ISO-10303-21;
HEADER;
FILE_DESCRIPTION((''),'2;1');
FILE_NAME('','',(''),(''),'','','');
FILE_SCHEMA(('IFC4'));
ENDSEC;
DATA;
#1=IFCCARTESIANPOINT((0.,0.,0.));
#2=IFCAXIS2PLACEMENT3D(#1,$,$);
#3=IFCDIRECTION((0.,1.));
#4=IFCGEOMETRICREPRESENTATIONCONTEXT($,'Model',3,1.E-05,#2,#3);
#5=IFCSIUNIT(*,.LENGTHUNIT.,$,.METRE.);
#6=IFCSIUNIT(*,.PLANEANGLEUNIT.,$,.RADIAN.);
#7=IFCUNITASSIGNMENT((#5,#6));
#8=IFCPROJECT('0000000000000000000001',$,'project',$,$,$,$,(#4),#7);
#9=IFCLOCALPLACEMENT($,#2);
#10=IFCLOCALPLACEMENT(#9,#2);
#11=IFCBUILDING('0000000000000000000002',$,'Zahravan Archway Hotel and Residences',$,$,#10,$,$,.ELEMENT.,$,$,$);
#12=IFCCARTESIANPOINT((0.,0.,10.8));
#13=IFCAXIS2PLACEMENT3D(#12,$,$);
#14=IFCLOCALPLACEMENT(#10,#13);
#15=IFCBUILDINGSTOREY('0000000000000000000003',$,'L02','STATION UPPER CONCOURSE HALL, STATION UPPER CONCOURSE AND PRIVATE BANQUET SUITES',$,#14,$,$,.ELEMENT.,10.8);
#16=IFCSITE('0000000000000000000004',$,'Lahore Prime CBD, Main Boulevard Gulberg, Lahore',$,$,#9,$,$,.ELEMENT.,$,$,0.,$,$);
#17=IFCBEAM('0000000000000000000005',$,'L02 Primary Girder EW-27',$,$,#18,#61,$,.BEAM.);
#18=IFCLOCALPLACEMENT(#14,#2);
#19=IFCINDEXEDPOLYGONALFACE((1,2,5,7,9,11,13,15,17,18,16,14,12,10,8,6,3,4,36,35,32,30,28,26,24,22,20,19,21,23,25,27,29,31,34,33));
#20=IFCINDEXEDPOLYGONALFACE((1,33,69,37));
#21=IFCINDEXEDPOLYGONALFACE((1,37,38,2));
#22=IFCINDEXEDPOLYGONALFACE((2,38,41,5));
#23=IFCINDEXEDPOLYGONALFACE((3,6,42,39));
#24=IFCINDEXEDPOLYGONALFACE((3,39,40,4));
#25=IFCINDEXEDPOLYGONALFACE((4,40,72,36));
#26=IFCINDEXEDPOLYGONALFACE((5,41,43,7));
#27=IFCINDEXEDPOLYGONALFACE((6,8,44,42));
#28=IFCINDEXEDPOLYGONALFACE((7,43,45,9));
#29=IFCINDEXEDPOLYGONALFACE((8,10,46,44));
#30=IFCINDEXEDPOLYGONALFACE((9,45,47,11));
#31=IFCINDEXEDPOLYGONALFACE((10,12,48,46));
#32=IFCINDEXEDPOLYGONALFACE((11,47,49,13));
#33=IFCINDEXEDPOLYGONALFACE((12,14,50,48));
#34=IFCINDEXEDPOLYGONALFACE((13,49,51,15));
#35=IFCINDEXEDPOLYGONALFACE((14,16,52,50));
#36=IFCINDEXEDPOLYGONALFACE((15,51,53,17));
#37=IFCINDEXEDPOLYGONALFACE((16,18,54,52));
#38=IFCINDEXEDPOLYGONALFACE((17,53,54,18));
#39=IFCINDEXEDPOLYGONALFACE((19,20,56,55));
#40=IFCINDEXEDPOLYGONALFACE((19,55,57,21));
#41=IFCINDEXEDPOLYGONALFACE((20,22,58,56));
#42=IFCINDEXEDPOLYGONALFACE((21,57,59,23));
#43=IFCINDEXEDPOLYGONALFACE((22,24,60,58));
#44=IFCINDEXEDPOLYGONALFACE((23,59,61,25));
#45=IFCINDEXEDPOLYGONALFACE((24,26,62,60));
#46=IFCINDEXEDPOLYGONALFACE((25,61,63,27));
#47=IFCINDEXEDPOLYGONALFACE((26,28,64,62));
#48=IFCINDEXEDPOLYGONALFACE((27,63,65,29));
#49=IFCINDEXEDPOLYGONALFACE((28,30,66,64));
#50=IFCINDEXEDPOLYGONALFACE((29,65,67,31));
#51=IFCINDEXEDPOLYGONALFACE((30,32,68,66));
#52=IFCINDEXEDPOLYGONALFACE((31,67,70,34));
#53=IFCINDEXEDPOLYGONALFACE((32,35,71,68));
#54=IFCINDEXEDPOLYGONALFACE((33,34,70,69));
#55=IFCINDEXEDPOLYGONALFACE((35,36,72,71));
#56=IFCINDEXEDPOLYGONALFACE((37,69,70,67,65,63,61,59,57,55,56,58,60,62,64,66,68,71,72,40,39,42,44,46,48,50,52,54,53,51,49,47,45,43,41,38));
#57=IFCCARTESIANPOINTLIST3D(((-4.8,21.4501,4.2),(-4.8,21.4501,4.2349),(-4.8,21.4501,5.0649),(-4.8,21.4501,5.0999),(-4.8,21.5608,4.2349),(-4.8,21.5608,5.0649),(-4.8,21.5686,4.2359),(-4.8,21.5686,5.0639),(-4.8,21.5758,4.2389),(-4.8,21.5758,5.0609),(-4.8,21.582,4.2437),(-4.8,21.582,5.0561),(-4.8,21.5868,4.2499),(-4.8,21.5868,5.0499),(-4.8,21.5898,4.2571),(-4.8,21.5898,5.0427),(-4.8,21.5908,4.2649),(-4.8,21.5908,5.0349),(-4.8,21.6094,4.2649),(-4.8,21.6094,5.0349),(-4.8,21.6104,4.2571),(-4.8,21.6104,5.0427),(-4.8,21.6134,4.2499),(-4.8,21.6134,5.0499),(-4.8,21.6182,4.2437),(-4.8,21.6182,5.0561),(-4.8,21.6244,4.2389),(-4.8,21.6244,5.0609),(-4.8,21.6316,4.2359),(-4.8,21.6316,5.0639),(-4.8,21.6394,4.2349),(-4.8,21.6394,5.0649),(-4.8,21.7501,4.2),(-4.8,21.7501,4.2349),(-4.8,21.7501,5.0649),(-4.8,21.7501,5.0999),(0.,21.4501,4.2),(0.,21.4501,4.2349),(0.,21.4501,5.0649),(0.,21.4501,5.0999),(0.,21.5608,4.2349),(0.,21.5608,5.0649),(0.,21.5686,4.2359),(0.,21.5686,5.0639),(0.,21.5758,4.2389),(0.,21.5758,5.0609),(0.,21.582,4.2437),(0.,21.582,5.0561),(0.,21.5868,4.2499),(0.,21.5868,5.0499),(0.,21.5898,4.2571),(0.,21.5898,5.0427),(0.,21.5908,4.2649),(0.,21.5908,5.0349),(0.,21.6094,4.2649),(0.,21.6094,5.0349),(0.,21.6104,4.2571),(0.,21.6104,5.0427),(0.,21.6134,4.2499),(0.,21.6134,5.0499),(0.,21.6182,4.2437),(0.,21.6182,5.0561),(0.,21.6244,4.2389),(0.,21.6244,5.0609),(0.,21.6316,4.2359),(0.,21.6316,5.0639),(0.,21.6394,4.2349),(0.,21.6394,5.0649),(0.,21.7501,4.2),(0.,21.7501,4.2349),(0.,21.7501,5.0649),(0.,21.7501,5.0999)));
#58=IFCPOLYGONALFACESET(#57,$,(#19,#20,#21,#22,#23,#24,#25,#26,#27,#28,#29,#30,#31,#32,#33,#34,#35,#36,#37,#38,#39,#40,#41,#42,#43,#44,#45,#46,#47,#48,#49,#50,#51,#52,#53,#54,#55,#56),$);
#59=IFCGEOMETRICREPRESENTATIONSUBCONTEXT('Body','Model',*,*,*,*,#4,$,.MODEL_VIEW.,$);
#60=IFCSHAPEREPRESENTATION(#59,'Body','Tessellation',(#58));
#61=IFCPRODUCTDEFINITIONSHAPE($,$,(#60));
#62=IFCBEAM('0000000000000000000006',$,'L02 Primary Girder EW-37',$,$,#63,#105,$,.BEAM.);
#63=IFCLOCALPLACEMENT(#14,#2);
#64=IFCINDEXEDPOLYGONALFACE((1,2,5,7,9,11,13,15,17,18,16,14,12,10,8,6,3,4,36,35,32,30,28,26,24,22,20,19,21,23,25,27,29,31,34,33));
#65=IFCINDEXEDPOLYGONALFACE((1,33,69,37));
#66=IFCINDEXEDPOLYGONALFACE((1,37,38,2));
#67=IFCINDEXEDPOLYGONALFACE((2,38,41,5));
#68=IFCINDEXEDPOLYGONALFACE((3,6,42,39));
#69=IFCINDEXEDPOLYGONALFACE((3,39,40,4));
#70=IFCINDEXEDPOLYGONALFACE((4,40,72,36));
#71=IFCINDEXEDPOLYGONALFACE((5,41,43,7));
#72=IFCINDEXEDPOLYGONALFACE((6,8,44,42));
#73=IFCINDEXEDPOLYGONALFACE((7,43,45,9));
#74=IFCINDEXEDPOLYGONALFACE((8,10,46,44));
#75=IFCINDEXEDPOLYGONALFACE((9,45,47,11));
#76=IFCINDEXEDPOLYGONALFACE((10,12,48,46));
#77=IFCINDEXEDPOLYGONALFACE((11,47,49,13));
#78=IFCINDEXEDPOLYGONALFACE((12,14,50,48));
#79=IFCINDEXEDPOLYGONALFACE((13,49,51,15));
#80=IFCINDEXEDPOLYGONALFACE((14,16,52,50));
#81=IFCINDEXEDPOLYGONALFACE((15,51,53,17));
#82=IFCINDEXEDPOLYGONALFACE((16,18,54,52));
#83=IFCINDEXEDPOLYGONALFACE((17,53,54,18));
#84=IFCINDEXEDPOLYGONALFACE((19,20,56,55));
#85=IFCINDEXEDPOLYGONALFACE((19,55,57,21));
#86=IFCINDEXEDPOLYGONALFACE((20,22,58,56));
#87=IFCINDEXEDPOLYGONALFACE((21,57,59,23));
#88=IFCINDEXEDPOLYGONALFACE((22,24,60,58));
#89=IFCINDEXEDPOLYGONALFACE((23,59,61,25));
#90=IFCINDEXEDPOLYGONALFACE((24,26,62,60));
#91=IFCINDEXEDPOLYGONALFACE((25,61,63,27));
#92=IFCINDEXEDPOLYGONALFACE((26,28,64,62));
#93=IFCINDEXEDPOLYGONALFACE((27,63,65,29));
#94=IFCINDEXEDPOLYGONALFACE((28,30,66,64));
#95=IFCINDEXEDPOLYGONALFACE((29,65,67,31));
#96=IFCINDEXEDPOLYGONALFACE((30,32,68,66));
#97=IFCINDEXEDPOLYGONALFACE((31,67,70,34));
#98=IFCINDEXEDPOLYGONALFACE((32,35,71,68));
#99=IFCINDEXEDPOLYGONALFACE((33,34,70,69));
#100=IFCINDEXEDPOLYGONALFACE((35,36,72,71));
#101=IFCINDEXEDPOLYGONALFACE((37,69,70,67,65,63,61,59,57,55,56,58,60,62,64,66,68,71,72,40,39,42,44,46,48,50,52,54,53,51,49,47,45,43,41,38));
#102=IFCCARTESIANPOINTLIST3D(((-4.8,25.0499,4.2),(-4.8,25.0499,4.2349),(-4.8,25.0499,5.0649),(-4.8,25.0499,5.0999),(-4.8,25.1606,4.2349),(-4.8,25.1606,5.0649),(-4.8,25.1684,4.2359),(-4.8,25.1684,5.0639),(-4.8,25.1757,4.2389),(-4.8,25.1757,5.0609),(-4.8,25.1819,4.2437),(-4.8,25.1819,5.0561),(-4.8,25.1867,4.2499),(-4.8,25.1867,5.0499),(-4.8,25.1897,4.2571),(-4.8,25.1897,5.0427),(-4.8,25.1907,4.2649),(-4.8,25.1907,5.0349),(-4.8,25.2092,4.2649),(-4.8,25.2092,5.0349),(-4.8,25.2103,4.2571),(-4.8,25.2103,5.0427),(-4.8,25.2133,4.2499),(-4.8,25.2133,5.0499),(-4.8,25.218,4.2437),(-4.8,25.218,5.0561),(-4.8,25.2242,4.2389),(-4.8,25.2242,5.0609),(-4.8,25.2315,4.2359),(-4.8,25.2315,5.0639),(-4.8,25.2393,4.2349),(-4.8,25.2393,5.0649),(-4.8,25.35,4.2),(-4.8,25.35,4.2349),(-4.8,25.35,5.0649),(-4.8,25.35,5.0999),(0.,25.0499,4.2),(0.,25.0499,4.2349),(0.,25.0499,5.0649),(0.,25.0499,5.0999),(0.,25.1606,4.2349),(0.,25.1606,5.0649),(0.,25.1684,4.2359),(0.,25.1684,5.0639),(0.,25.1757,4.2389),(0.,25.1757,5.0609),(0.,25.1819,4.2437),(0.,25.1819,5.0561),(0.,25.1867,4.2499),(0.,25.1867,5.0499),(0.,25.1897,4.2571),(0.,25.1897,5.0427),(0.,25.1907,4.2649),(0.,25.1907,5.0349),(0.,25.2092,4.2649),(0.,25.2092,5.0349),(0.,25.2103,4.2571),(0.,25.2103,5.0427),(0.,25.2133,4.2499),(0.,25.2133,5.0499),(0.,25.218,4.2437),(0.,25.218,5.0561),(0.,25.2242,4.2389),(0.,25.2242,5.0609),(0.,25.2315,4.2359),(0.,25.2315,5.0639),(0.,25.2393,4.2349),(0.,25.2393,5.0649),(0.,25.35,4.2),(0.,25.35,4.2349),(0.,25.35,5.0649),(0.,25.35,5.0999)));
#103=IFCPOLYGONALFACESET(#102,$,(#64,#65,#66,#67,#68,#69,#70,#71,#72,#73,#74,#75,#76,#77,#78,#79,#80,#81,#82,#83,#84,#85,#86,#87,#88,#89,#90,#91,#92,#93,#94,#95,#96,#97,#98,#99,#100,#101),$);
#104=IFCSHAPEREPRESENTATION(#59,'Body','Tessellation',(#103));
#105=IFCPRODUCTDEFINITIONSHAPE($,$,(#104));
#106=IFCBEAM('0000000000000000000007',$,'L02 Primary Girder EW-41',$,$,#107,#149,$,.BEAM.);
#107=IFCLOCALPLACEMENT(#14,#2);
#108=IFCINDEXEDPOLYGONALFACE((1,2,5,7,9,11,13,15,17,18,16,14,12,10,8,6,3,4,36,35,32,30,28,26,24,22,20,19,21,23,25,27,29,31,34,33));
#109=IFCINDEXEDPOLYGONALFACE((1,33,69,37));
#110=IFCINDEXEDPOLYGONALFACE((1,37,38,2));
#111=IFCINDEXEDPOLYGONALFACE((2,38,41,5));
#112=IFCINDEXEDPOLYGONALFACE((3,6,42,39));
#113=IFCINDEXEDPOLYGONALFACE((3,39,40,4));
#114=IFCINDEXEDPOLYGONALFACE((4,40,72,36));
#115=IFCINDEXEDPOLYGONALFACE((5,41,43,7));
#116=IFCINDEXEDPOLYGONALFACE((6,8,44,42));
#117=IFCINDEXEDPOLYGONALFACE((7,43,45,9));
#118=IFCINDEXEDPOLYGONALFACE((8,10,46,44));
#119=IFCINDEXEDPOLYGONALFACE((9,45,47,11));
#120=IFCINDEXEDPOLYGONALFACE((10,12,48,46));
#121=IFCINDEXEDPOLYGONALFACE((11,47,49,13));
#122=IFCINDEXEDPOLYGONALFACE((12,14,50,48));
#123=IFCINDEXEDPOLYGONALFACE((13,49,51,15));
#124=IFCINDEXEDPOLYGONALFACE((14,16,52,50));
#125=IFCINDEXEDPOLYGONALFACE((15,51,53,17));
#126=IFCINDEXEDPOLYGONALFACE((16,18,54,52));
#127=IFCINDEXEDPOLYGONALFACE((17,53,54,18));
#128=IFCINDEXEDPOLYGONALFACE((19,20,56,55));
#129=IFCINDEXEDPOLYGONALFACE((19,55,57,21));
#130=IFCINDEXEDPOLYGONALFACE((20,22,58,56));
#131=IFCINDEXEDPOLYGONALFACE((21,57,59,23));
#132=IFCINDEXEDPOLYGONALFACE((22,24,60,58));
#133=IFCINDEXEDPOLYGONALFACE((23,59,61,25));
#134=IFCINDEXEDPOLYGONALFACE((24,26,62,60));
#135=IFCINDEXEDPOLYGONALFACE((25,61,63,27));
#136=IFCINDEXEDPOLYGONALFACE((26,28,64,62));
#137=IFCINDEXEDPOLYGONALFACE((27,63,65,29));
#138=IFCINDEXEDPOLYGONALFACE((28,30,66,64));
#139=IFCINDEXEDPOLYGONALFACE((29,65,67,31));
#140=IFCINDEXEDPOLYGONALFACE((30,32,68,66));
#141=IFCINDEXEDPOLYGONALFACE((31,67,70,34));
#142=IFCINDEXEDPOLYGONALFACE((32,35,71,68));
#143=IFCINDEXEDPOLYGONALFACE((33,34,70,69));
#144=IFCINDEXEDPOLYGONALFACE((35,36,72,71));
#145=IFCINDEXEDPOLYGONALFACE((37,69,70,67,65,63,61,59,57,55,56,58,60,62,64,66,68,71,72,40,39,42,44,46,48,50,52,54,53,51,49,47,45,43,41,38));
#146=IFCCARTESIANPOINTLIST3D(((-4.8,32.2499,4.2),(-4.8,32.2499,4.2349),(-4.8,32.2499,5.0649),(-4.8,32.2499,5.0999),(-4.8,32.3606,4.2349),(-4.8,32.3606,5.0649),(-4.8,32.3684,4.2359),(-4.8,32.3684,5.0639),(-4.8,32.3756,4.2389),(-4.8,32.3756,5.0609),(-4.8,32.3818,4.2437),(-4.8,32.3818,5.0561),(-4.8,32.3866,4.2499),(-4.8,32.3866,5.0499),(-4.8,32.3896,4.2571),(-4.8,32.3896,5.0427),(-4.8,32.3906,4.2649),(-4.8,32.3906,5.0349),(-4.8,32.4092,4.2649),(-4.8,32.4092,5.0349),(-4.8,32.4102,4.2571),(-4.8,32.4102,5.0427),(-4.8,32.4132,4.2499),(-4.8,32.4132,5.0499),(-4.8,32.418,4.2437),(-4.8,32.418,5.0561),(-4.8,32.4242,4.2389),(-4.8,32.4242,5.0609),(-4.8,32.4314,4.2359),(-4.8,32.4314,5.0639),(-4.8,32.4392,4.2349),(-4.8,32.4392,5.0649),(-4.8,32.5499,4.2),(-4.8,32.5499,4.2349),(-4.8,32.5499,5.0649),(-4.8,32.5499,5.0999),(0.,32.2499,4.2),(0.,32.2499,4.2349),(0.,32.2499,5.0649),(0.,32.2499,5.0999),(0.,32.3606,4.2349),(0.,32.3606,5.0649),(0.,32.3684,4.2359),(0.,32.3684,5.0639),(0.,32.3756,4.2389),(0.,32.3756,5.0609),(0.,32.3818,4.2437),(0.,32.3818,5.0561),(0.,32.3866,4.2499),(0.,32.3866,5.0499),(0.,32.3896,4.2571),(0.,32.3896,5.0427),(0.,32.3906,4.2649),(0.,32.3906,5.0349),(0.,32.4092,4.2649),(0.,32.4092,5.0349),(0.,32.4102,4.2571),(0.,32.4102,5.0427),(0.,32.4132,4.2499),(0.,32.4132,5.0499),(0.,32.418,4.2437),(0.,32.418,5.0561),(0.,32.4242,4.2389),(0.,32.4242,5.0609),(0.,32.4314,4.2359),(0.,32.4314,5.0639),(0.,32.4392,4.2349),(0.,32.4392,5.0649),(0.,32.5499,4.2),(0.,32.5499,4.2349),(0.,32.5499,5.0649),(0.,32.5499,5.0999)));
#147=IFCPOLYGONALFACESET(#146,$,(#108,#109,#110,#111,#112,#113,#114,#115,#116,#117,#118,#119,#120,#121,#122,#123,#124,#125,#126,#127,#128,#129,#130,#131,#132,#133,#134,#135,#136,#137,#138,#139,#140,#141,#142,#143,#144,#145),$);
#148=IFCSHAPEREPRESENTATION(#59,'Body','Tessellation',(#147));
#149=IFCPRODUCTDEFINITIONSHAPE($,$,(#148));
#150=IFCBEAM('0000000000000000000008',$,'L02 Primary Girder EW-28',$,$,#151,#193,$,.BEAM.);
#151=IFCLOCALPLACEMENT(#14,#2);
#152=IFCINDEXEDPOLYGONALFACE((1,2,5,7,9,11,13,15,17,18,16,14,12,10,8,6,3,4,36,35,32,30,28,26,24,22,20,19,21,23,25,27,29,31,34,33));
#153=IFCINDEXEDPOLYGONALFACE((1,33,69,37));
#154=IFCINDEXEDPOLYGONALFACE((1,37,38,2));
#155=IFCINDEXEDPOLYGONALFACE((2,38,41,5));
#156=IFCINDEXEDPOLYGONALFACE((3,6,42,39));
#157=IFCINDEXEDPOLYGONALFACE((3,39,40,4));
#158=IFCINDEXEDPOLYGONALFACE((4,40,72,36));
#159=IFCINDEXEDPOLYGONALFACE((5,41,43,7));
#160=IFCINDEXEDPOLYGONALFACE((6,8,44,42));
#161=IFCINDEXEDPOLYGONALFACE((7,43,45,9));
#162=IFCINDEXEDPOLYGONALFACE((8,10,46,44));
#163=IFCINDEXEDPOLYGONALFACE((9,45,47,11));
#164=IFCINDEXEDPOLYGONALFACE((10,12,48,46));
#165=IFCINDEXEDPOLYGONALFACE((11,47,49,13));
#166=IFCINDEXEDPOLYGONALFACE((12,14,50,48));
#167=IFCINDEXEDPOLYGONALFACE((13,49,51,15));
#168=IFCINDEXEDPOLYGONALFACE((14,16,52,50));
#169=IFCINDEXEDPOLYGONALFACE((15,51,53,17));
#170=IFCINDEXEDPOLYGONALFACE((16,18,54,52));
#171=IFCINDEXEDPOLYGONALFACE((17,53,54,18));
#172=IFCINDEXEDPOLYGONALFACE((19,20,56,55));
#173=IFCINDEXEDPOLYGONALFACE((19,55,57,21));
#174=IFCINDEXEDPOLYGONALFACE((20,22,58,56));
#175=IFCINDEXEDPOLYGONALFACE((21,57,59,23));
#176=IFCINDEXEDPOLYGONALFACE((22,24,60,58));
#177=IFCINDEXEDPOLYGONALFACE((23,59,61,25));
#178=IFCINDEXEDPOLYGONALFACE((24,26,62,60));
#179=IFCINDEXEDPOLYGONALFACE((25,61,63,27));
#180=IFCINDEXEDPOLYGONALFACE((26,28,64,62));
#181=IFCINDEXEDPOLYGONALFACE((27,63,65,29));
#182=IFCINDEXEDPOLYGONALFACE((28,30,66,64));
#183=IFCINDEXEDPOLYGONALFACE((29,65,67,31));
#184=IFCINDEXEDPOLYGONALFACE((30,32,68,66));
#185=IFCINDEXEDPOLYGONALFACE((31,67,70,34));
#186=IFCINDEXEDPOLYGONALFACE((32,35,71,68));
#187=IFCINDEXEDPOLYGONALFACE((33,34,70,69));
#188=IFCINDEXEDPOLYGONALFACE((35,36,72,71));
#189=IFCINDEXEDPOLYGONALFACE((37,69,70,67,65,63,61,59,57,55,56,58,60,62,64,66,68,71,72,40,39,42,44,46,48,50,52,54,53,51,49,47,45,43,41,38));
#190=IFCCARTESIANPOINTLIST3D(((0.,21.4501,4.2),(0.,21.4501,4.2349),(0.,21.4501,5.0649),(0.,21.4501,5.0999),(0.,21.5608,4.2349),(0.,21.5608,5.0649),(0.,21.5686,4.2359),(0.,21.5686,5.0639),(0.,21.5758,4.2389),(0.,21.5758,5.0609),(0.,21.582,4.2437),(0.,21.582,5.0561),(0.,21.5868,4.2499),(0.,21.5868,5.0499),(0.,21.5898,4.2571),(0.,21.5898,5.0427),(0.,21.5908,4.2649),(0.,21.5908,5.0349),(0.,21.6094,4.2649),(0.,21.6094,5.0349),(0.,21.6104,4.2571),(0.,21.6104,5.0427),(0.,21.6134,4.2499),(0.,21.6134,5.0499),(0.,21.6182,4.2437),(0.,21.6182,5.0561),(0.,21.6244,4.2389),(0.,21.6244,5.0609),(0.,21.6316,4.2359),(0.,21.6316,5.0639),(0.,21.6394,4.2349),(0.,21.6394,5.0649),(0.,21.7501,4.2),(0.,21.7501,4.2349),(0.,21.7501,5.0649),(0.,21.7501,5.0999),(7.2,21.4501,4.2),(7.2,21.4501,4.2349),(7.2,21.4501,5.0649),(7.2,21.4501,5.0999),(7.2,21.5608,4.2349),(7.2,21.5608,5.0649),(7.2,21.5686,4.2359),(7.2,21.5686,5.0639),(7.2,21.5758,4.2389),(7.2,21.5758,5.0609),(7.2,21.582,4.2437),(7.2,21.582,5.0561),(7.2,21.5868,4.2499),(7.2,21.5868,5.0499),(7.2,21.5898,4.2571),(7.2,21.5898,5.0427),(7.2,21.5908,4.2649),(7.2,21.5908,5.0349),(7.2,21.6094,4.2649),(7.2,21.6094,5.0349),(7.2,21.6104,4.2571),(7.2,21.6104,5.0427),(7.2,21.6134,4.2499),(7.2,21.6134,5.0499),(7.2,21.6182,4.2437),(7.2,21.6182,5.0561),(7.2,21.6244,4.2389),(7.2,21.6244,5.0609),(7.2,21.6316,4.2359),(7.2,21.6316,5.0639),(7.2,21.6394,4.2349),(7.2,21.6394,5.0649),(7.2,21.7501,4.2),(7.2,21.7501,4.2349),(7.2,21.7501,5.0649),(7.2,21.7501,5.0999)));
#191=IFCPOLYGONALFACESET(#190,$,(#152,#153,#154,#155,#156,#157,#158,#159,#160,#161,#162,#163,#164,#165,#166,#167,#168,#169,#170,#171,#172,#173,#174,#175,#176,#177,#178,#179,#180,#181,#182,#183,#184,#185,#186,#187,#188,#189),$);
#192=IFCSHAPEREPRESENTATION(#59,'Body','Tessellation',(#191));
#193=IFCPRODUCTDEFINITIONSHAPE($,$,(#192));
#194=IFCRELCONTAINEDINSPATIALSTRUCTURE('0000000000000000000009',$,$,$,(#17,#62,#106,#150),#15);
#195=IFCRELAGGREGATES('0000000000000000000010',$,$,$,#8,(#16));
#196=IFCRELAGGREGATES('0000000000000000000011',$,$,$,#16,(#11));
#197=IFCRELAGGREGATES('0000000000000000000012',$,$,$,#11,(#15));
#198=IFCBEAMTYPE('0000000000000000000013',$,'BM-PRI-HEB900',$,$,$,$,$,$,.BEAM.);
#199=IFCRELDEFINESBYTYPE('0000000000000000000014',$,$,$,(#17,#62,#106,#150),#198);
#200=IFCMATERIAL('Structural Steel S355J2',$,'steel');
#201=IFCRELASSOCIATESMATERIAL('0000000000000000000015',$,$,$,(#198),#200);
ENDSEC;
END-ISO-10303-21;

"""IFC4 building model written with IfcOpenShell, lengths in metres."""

from ifc_helpers import new_model, si_unit, direction, frame, origin, origin_2d, place, context, subcontext, project, spatial, i_section, extrude, source, transform, mapped, material, material_profile, profile_set, type_object, type_shapes, element, save


model = new_model("IFC4")

# Units and contexts
model_context = context("Model", 3, precision=1e-05, world=origin(), true_north=direction((0.0, 1.0)))
body_context = subcontext(model_context, "Body", "Model", "MODEL_VIEW")
ifc_project = project(units=[si_unit("LENGTHUNIT", "METRE"), si_unit("PLANEANGLEUNIT", "RADIAN")], contexts=[model_context])

# Site, building, storey
site_placement = place(None, origin())
site = spatial("IfcSite", under=ifc_project, at=site_placement, Name="Lahore Prime CBD, Main Boulevard Gulberg, Lahore", CompositionType="ELEMENT", RefElevation=0.0)
building_placement = place(site_placement, origin())
building = spatial("IfcBuilding", under=site, at=building_placement, Name="Zahravan Archway Hotel and Residences", CompositionType="ELEMENT")
storey_placement = place(building_placement, frame((0.0, 0.0, 10.8)))
storey = spatial("IfcBuildingStorey", under=building, at=storey_placement, Name="L02", Description="STATION UPPER CONCOURSE HALL, STATION UPPER CONCOURSE AND PRIVATE BANQUET SUITES", CompositionType="ELEMENT", Elevation=10.8)

# Beams
ifc_material_1 = material(Name="Structural Steel S355J2", Category="steel")
ifc_material_profile_1 = material_profile(ifc_material_1, i_section(OverallWidth=0.3, OverallDepth=0.8999, WebThickness=0.0186, FlangeThickness=0.0349, FilletRadius=0.03, at=origin_2d()), Name="HEB 900", Category="steel")
ifc_profile_set_1 = profile_set([ifc_material_profile_1], Name="Structural Steel S355J2")
beam_type_1 = type_object("IfcBeamType", Name="BM-PRI-HEB900", PredefinedType="BEAM", material=ifc_profile_set_1)
shared_shape_1 = source(origin(), body_context, "Body", "SweptSolid", [
    extrude(i_section(OverallWidth=0.3, OverallDepth=0.8999, WebThickness=0.0186, FlangeThickness=0.0349, FilletRadius=0.03, at=origin_2d()), origin(), (0.0, 0.0, 1.0), 4.8),
])
type_shapes(beam_type_1, [shared_shape_1])
for number, where, z_axis, x_axis, name in (
    (1, (-4.8, 21.6001, 4.6499), (1.0, 0.0, 0.0), (0.0, 1.0, 0.0), "L02 Primary Girder EW-27"),
    (2, (-4.8, 25.2, 4.6499), (1.0, 0.0, 0.0), (0.0, 1.0, 0.0), "L02 Primary Girder EW-37"),
    (3, (-4.8, 32.3999, 4.6499), (1.0, 0.0, 0.0), (0.0, 1.0, 0.0), "L02 Primary Girder EW-41"),
):
    element("IfcBeam", number, at=place(storey_placement, frame(where, z_axis=z_axis, x_axis=x_axis)), inside=storey, type_object=beam_type_1, Name=name, PredefinedType="BEAM", context=body_context, shape_type="MappedRepresentation", body=[
        mapped(shared_shape_1, transform((0.0, 0.0, 0.0), scale=1.0)),
    ])
shared_shape_2 = source(origin(), body_context, "Body", "SweptSolid", [
    extrude(i_section(OverallWidth=0.3, OverallDepth=0.8999, WebThickness=0.0186, FlangeThickness=0.0349, FilletRadius=0.03, at=origin_2d()), origin(), (0.0, 0.0, 1.0), 7.2),
])
for number, where, z_axis, x_axis, name in (
    (4, (0.0, 21.6001, 4.6499), (1.0, 0.0, 0.0), (0.0, 1.0, 0.0), "L02 Primary Girder EW-28"),
):
    element("IfcBeam", number, at=place(storey_placement, frame(where, z_axis=z_axis, x_axis=x_axis)), inside=storey, type_object=beam_type_1, Name=name, PredefinedType="BEAM", context=body_context, shape_type="MappedRepresentation", body=[
        mapped(shared_shape_2, transform((0.0, 0.0, 0.0), scale=1.0)),
    ])

save(model, "model.ifc")
